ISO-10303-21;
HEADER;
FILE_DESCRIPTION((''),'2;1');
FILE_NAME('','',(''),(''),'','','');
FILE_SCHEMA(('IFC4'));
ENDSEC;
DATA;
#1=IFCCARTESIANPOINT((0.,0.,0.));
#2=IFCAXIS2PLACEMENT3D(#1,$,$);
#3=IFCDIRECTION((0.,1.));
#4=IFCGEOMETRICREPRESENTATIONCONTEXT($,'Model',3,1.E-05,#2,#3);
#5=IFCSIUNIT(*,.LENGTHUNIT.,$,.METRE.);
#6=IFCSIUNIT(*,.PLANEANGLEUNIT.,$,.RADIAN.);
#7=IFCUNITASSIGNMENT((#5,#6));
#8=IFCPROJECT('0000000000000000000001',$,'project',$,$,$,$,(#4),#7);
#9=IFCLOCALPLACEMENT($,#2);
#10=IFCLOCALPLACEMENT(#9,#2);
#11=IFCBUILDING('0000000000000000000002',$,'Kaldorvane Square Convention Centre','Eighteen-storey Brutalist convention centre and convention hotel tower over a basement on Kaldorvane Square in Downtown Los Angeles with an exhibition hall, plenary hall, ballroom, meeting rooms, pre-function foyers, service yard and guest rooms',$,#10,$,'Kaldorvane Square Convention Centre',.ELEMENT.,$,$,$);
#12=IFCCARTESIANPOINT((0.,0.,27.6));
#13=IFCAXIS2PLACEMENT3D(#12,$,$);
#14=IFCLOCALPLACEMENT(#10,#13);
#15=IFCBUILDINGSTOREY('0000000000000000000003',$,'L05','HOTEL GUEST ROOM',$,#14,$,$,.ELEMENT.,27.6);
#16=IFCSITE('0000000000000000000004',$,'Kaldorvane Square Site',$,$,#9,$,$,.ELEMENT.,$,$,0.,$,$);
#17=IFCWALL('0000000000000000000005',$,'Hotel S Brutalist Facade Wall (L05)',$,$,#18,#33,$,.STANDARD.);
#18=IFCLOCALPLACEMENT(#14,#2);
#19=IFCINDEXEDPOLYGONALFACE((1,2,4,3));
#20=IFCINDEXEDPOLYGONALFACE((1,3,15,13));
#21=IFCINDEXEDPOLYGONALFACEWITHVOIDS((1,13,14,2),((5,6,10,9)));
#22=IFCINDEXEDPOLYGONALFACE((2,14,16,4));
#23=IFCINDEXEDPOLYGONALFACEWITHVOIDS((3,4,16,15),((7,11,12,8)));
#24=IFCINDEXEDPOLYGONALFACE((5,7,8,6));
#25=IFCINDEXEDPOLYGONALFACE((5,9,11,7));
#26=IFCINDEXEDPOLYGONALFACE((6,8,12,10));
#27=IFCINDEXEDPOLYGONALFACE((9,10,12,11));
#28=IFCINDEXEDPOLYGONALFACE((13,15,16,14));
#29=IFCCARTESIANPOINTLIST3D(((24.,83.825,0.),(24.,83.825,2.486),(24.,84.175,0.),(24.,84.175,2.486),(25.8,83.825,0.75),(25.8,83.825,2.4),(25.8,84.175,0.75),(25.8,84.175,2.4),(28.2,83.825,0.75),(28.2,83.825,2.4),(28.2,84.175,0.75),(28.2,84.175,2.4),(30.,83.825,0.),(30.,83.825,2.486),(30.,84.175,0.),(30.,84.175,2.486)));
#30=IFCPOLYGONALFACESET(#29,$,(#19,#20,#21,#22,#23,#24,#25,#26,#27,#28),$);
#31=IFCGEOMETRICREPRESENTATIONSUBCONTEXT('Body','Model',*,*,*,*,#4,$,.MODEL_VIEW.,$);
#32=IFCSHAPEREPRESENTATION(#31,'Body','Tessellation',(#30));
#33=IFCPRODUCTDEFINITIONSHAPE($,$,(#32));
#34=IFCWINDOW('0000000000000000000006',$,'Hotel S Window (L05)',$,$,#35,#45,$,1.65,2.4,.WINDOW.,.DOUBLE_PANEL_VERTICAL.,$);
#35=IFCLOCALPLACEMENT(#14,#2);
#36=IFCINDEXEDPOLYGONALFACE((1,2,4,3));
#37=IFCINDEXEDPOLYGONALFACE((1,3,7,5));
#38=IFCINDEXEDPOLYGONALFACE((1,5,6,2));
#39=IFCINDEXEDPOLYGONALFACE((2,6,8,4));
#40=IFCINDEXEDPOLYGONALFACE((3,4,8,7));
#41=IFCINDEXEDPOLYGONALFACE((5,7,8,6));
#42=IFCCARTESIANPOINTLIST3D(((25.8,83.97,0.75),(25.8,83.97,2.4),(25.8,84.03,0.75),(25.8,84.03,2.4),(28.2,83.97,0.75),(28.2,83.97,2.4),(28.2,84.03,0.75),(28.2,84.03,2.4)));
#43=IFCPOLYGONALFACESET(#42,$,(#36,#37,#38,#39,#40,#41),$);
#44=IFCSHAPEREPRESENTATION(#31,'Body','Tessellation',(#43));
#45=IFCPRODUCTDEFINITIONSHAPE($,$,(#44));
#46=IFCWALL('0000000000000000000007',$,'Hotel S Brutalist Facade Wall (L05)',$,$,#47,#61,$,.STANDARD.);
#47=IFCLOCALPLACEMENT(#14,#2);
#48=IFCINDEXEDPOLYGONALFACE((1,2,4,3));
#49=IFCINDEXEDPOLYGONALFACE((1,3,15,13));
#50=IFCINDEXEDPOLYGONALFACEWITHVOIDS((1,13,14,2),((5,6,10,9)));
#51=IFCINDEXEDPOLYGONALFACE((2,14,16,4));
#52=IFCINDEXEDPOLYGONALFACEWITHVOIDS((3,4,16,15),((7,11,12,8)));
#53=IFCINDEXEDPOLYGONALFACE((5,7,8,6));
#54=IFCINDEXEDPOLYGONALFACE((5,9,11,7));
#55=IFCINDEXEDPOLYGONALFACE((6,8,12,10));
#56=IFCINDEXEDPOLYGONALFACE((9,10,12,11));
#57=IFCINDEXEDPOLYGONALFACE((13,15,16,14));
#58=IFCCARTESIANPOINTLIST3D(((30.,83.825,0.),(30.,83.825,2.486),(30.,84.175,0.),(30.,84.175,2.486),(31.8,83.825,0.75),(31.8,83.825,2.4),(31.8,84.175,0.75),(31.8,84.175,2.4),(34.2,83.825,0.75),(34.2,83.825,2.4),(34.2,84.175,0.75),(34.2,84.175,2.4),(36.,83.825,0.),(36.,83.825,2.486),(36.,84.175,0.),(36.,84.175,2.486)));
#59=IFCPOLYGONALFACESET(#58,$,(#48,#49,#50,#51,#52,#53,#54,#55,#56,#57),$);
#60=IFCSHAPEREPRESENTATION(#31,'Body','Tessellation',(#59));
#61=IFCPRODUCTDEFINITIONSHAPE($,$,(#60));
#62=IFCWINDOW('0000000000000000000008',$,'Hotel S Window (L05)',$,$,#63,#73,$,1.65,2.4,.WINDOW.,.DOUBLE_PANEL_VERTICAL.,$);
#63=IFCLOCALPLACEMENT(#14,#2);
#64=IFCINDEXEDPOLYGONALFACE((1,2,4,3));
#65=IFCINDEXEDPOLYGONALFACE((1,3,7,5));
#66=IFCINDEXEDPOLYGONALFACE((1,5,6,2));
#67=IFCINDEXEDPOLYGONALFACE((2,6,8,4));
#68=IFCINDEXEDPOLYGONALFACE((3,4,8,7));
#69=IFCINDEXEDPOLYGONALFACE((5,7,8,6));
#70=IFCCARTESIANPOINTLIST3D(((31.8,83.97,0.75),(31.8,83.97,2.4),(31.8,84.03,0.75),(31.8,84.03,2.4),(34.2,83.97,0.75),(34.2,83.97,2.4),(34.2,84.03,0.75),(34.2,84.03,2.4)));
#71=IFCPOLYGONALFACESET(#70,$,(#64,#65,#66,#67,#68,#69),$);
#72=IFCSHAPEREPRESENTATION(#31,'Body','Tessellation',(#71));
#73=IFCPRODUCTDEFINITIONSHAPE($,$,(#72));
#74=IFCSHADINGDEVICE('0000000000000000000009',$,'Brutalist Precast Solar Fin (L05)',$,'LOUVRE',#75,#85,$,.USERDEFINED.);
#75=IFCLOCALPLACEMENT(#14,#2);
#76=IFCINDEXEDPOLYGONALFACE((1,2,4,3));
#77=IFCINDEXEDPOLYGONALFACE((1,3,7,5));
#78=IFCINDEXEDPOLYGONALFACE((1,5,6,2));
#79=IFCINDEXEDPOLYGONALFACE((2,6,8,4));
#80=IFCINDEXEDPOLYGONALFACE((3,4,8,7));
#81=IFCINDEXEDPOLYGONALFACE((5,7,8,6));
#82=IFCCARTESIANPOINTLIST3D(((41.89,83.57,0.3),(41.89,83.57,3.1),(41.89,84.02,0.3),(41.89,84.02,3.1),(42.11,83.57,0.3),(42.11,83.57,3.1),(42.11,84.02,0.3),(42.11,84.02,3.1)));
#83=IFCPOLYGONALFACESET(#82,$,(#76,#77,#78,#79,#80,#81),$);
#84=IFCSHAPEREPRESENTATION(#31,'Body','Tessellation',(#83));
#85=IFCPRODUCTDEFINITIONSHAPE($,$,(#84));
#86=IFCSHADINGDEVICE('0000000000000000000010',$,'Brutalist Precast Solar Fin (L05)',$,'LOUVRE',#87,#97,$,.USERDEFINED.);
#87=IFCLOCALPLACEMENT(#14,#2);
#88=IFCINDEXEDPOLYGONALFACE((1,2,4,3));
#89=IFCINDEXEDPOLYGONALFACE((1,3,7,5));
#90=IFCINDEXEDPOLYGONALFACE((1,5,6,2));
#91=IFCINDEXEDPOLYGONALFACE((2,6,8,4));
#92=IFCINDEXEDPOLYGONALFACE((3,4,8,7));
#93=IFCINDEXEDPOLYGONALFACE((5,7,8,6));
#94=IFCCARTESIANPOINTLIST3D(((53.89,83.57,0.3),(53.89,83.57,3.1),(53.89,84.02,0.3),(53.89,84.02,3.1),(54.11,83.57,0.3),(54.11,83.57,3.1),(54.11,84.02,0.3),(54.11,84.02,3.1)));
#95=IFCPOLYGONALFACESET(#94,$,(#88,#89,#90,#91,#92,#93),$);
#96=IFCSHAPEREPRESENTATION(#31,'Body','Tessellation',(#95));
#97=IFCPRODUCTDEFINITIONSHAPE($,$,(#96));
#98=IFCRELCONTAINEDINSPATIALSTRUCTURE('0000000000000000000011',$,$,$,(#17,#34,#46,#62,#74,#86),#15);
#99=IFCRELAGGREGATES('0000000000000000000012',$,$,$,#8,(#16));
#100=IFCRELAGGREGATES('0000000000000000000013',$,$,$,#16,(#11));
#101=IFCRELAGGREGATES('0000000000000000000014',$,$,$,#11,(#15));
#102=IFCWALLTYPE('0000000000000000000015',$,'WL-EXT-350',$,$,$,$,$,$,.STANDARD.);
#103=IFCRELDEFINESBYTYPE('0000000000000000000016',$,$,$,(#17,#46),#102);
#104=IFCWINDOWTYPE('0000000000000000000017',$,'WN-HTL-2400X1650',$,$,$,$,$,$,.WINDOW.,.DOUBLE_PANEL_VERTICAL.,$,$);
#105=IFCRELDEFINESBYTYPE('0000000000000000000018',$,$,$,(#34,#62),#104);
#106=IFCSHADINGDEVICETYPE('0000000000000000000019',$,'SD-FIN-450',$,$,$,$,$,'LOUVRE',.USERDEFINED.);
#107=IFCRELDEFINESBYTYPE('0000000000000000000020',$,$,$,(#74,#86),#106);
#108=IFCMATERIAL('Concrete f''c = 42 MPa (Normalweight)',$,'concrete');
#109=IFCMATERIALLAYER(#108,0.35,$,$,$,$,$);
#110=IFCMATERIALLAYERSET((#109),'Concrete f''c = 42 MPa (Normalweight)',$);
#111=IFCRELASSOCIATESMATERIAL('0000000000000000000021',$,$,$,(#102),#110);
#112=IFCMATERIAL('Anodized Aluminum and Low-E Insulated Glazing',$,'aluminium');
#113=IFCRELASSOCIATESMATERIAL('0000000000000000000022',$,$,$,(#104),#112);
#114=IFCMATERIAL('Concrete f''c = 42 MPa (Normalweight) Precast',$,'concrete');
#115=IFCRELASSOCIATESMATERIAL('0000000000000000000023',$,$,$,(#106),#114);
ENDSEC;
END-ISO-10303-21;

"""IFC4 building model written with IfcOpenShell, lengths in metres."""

from ifc_helpers import new_model, si_unit, direction, frame, frame_2d, origin, origin_2d, place, context, subcontext, project, spatial, rectangle, extrude, material, layer, layer_set, type_object, element, fill, save


model = new_model("IFC4")

# Units and contexts
model_context = context("Model", 3, precision=1e-05, world=origin(), true_north=direction((0.0, 1.0)))
body_context = subcontext(model_context, "Body", "Model", "MODEL_VIEW")
ifc_project = project(units=[si_unit("LENGTHUNIT", "METRE"), si_unit("PLANEANGLEUNIT", "RADIAN")], contexts=[model_context])

# Site, building, storey
site_placement = place(None, origin())
site = spatial("IfcSite", under=ifc_project, at=site_placement, Name="Kaldorvane Square Site", CompositionType="ELEMENT", RefElevation=0.0)
building_placement = place(site_placement, origin())
building = spatial("IfcBuilding", under=site, at=building_placement, Name="Kaldorvane Square Convention Centre", Description="Eighteen-storey Brutalist convention centre and convention hotel tower over a basement on Kaldorvane Square in Downtown Los Angeles with an exhibition hall, plenary hall, ballroom, meeting rooms, pre-function foyers, service yard and guest rooms", LongName="Kaldorvane Square Convention Centre", CompositionType="ELEMENT")
storey_placement = place(building_placement, frame((0.0, 0.0, 27.6)))
storey = spatial("IfcBuildingStorey", under=building, at=storey_placement, Name="L05", Description="HOTEL GUEST ROOM", CompositionType="ELEMENT", Elevation=27.6)

# Shared definitions
ifc_material_1 = material(Name="Concrete f'c = 42 MPa (Normalweight)", Category="concrete")

# Walls, openings, windows
ifc_layer_1 = layer(ifc_material_1, 0.35)
ifc_layer_set_1 = layer_set([ifc_layer_1], Name="Concrete f'c = 42 MPa (Normalweight)")
wall_type = type_object("IfcWallType", Name="WL-EXT-350", PredefinedType="STANDARD", material=ifc_layer_set_1)
wall_1_placement = place(storey_placement, frame((24.0, 84.0, 0.0), z_axis=(0.0, 0.0, 1.0), x_axis=(1.0, 0.0, 0.0)))
wall_1 = element("IfcWall", 1, at=wall_1_placement, inside=storey, type_object=wall_type, Name="Hotel S Brutalist Facade Wall (L05)", PredefinedType="STANDARD", context=body_context, shape_type="SweptSolid", body=[
    extrude(rectangle(XDim=6.0, YDim=0.35, at=frame_2d((3.0, 0.0))), origin(), (0.0, 0.0, 1.0), 2.486),
])
opening_1_placement = place(wall_1_placement, frame((1.8, 0.0, 0.75)))
opening_1 = element("IfcOpeningElement", 2, at=opening_1_placement, cuts=wall_1, PredefinedType="OPENING", context=body_context, shape_type="SweptSolid", body=[
    extrude(rectangle(XDim=2.4, YDim=1.65, at=frame_2d((1.2, 0.825))), frame((0.0, 0.19, 0.0), z_axis=(0.0, -1.0, 0.0), x_axis=(1.0, 0.0, 0.0)), (0.0, 0.0, 1.0), 0.38),
])
ifc_material_2 = material(Name="Anodized Aluminum and Low-E Insulated Glazing", Category="aluminium")
window_type = type_object("IfcWindowType", Name="WN-HTL-2400X1650", PartitioningType="DOUBLE_PANEL_VERTICAL", PredefinedType="WINDOW", material=ifc_material_2)
window_1_placement = place(opening_1_placement, origin())
window_1 = element("IfcWindow", 3, at=window_1_placement, inside=storey, type_object=window_type, Name="Hotel S Window (L05)", OverallHeight=1.65, OverallWidth=2.4, PartitioningType="DOUBLE_PANEL_VERTICAL", PredefinedType="WINDOW", context=body_context, shape_type="SweptSolid", body=[
    extrude(rectangle(XDim=2.4, YDim=1.65, at=frame_2d((1.2, 0.825))), frame((0.0, 0.03, 0.0), z_axis=(0.0, -1.0, 0.0), x_axis=(1.0, 0.0, 0.0)), (0.0, 0.0, 1.0), 0.06),
])
fill(opening_1, window_1)
wall_2_placement = place(storey_placement, frame((30.0, 84.0, 0.0), z_axis=(0.0, 0.0, 1.0), x_axis=(1.0, 0.0, 0.0)))
wall_2 = element("IfcWall", 4, at=wall_2_placement, inside=storey, type_object=wall_type, Name="Hotel S Brutalist Facade Wall (L05)", PredefinedType="STANDARD", context=body_context, shape_type="SweptSolid", body=[
    extrude(rectangle(XDim=6.0, YDim=0.35, at=frame_2d((3.0, 0.0))), origin(), (0.0, 0.0, 1.0), 2.486),
])
opening_2_placement = place(wall_2_placement, frame((1.8, 0.0, 0.75)))
opening_2 = element("IfcOpeningElement", 5, at=opening_2_placement, cuts=wall_2, PredefinedType="OPENING", context=body_context, shape_type="SweptSolid", body=[
    extrude(rectangle(XDim=2.4, YDim=1.65, at=frame_2d((1.2, 0.825))), frame((0.0, 0.19, 0.0), z_axis=(0.0, -1.0, 0.0), x_axis=(1.0, 0.0, 0.0)), (0.0, 0.0, 1.0), 0.38),
])
window_2_placement = place(opening_2_placement, origin())
window_2 = element("IfcWindow", 6, at=window_2_placement, inside=storey, type_object=window_type, Name="Hotel S Window (L05)", OverallHeight=1.65, OverallWidth=2.4, PartitioningType="DOUBLE_PANEL_VERTICAL", PredefinedType="WINDOW", context=body_context, shape_type="SweptSolid", body=[
    extrude(rectangle(XDim=2.4, YDim=1.65, at=frame_2d((1.2, 0.825))), frame((0.0, 0.03, 0.0), z_axis=(0.0, -1.0, 0.0), x_axis=(1.0, 0.0, 0.0)), (0.0, 0.0, 1.0), 0.06),
])
fill(opening_2, window_2)

# Shading devices
ifc_material_3 = material(Name="Concrete f'c = 42 MPa (Normalweight) Precast", Category="concrete")
shading_device_type = type_object("IfcShadingDeviceType", Name="SD-FIN-450", ElementType="LOUVRE", PredefinedType="USERDEFINED", material=ifc_material_3)
for number, where, z_axis, x_axis, name in (
    (7, (42.0, 83.795, 0.3), (0.0, 0.0, 1.0), (1.0, 0.0, 0.0), "Brutalist Precast Solar Fin (L05)"),
    (8, (54.0, 83.795, 0.3), (0.0, 0.0, 1.0), (1.0, 0.0, 0.0), "Brutalist Precast Solar Fin (L05)"),
):
    element("IfcShadingDevice", number, at=place(storey_placement, frame(where, z_axis=z_axis, x_axis=x_axis)), inside=storey, type_object=shading_device_type, Name=name, ObjectType="LOUVRE", PredefinedType="USERDEFINED", context=body_context, shape_type="SweptSolid", body=[
        extrude(rectangle(XDim=0.22, YDim=0.45, at=origin_2d()), origin(), (0.0, 0.0, 1.0), 2.8),
    ])

save(model, "model.ifc")
